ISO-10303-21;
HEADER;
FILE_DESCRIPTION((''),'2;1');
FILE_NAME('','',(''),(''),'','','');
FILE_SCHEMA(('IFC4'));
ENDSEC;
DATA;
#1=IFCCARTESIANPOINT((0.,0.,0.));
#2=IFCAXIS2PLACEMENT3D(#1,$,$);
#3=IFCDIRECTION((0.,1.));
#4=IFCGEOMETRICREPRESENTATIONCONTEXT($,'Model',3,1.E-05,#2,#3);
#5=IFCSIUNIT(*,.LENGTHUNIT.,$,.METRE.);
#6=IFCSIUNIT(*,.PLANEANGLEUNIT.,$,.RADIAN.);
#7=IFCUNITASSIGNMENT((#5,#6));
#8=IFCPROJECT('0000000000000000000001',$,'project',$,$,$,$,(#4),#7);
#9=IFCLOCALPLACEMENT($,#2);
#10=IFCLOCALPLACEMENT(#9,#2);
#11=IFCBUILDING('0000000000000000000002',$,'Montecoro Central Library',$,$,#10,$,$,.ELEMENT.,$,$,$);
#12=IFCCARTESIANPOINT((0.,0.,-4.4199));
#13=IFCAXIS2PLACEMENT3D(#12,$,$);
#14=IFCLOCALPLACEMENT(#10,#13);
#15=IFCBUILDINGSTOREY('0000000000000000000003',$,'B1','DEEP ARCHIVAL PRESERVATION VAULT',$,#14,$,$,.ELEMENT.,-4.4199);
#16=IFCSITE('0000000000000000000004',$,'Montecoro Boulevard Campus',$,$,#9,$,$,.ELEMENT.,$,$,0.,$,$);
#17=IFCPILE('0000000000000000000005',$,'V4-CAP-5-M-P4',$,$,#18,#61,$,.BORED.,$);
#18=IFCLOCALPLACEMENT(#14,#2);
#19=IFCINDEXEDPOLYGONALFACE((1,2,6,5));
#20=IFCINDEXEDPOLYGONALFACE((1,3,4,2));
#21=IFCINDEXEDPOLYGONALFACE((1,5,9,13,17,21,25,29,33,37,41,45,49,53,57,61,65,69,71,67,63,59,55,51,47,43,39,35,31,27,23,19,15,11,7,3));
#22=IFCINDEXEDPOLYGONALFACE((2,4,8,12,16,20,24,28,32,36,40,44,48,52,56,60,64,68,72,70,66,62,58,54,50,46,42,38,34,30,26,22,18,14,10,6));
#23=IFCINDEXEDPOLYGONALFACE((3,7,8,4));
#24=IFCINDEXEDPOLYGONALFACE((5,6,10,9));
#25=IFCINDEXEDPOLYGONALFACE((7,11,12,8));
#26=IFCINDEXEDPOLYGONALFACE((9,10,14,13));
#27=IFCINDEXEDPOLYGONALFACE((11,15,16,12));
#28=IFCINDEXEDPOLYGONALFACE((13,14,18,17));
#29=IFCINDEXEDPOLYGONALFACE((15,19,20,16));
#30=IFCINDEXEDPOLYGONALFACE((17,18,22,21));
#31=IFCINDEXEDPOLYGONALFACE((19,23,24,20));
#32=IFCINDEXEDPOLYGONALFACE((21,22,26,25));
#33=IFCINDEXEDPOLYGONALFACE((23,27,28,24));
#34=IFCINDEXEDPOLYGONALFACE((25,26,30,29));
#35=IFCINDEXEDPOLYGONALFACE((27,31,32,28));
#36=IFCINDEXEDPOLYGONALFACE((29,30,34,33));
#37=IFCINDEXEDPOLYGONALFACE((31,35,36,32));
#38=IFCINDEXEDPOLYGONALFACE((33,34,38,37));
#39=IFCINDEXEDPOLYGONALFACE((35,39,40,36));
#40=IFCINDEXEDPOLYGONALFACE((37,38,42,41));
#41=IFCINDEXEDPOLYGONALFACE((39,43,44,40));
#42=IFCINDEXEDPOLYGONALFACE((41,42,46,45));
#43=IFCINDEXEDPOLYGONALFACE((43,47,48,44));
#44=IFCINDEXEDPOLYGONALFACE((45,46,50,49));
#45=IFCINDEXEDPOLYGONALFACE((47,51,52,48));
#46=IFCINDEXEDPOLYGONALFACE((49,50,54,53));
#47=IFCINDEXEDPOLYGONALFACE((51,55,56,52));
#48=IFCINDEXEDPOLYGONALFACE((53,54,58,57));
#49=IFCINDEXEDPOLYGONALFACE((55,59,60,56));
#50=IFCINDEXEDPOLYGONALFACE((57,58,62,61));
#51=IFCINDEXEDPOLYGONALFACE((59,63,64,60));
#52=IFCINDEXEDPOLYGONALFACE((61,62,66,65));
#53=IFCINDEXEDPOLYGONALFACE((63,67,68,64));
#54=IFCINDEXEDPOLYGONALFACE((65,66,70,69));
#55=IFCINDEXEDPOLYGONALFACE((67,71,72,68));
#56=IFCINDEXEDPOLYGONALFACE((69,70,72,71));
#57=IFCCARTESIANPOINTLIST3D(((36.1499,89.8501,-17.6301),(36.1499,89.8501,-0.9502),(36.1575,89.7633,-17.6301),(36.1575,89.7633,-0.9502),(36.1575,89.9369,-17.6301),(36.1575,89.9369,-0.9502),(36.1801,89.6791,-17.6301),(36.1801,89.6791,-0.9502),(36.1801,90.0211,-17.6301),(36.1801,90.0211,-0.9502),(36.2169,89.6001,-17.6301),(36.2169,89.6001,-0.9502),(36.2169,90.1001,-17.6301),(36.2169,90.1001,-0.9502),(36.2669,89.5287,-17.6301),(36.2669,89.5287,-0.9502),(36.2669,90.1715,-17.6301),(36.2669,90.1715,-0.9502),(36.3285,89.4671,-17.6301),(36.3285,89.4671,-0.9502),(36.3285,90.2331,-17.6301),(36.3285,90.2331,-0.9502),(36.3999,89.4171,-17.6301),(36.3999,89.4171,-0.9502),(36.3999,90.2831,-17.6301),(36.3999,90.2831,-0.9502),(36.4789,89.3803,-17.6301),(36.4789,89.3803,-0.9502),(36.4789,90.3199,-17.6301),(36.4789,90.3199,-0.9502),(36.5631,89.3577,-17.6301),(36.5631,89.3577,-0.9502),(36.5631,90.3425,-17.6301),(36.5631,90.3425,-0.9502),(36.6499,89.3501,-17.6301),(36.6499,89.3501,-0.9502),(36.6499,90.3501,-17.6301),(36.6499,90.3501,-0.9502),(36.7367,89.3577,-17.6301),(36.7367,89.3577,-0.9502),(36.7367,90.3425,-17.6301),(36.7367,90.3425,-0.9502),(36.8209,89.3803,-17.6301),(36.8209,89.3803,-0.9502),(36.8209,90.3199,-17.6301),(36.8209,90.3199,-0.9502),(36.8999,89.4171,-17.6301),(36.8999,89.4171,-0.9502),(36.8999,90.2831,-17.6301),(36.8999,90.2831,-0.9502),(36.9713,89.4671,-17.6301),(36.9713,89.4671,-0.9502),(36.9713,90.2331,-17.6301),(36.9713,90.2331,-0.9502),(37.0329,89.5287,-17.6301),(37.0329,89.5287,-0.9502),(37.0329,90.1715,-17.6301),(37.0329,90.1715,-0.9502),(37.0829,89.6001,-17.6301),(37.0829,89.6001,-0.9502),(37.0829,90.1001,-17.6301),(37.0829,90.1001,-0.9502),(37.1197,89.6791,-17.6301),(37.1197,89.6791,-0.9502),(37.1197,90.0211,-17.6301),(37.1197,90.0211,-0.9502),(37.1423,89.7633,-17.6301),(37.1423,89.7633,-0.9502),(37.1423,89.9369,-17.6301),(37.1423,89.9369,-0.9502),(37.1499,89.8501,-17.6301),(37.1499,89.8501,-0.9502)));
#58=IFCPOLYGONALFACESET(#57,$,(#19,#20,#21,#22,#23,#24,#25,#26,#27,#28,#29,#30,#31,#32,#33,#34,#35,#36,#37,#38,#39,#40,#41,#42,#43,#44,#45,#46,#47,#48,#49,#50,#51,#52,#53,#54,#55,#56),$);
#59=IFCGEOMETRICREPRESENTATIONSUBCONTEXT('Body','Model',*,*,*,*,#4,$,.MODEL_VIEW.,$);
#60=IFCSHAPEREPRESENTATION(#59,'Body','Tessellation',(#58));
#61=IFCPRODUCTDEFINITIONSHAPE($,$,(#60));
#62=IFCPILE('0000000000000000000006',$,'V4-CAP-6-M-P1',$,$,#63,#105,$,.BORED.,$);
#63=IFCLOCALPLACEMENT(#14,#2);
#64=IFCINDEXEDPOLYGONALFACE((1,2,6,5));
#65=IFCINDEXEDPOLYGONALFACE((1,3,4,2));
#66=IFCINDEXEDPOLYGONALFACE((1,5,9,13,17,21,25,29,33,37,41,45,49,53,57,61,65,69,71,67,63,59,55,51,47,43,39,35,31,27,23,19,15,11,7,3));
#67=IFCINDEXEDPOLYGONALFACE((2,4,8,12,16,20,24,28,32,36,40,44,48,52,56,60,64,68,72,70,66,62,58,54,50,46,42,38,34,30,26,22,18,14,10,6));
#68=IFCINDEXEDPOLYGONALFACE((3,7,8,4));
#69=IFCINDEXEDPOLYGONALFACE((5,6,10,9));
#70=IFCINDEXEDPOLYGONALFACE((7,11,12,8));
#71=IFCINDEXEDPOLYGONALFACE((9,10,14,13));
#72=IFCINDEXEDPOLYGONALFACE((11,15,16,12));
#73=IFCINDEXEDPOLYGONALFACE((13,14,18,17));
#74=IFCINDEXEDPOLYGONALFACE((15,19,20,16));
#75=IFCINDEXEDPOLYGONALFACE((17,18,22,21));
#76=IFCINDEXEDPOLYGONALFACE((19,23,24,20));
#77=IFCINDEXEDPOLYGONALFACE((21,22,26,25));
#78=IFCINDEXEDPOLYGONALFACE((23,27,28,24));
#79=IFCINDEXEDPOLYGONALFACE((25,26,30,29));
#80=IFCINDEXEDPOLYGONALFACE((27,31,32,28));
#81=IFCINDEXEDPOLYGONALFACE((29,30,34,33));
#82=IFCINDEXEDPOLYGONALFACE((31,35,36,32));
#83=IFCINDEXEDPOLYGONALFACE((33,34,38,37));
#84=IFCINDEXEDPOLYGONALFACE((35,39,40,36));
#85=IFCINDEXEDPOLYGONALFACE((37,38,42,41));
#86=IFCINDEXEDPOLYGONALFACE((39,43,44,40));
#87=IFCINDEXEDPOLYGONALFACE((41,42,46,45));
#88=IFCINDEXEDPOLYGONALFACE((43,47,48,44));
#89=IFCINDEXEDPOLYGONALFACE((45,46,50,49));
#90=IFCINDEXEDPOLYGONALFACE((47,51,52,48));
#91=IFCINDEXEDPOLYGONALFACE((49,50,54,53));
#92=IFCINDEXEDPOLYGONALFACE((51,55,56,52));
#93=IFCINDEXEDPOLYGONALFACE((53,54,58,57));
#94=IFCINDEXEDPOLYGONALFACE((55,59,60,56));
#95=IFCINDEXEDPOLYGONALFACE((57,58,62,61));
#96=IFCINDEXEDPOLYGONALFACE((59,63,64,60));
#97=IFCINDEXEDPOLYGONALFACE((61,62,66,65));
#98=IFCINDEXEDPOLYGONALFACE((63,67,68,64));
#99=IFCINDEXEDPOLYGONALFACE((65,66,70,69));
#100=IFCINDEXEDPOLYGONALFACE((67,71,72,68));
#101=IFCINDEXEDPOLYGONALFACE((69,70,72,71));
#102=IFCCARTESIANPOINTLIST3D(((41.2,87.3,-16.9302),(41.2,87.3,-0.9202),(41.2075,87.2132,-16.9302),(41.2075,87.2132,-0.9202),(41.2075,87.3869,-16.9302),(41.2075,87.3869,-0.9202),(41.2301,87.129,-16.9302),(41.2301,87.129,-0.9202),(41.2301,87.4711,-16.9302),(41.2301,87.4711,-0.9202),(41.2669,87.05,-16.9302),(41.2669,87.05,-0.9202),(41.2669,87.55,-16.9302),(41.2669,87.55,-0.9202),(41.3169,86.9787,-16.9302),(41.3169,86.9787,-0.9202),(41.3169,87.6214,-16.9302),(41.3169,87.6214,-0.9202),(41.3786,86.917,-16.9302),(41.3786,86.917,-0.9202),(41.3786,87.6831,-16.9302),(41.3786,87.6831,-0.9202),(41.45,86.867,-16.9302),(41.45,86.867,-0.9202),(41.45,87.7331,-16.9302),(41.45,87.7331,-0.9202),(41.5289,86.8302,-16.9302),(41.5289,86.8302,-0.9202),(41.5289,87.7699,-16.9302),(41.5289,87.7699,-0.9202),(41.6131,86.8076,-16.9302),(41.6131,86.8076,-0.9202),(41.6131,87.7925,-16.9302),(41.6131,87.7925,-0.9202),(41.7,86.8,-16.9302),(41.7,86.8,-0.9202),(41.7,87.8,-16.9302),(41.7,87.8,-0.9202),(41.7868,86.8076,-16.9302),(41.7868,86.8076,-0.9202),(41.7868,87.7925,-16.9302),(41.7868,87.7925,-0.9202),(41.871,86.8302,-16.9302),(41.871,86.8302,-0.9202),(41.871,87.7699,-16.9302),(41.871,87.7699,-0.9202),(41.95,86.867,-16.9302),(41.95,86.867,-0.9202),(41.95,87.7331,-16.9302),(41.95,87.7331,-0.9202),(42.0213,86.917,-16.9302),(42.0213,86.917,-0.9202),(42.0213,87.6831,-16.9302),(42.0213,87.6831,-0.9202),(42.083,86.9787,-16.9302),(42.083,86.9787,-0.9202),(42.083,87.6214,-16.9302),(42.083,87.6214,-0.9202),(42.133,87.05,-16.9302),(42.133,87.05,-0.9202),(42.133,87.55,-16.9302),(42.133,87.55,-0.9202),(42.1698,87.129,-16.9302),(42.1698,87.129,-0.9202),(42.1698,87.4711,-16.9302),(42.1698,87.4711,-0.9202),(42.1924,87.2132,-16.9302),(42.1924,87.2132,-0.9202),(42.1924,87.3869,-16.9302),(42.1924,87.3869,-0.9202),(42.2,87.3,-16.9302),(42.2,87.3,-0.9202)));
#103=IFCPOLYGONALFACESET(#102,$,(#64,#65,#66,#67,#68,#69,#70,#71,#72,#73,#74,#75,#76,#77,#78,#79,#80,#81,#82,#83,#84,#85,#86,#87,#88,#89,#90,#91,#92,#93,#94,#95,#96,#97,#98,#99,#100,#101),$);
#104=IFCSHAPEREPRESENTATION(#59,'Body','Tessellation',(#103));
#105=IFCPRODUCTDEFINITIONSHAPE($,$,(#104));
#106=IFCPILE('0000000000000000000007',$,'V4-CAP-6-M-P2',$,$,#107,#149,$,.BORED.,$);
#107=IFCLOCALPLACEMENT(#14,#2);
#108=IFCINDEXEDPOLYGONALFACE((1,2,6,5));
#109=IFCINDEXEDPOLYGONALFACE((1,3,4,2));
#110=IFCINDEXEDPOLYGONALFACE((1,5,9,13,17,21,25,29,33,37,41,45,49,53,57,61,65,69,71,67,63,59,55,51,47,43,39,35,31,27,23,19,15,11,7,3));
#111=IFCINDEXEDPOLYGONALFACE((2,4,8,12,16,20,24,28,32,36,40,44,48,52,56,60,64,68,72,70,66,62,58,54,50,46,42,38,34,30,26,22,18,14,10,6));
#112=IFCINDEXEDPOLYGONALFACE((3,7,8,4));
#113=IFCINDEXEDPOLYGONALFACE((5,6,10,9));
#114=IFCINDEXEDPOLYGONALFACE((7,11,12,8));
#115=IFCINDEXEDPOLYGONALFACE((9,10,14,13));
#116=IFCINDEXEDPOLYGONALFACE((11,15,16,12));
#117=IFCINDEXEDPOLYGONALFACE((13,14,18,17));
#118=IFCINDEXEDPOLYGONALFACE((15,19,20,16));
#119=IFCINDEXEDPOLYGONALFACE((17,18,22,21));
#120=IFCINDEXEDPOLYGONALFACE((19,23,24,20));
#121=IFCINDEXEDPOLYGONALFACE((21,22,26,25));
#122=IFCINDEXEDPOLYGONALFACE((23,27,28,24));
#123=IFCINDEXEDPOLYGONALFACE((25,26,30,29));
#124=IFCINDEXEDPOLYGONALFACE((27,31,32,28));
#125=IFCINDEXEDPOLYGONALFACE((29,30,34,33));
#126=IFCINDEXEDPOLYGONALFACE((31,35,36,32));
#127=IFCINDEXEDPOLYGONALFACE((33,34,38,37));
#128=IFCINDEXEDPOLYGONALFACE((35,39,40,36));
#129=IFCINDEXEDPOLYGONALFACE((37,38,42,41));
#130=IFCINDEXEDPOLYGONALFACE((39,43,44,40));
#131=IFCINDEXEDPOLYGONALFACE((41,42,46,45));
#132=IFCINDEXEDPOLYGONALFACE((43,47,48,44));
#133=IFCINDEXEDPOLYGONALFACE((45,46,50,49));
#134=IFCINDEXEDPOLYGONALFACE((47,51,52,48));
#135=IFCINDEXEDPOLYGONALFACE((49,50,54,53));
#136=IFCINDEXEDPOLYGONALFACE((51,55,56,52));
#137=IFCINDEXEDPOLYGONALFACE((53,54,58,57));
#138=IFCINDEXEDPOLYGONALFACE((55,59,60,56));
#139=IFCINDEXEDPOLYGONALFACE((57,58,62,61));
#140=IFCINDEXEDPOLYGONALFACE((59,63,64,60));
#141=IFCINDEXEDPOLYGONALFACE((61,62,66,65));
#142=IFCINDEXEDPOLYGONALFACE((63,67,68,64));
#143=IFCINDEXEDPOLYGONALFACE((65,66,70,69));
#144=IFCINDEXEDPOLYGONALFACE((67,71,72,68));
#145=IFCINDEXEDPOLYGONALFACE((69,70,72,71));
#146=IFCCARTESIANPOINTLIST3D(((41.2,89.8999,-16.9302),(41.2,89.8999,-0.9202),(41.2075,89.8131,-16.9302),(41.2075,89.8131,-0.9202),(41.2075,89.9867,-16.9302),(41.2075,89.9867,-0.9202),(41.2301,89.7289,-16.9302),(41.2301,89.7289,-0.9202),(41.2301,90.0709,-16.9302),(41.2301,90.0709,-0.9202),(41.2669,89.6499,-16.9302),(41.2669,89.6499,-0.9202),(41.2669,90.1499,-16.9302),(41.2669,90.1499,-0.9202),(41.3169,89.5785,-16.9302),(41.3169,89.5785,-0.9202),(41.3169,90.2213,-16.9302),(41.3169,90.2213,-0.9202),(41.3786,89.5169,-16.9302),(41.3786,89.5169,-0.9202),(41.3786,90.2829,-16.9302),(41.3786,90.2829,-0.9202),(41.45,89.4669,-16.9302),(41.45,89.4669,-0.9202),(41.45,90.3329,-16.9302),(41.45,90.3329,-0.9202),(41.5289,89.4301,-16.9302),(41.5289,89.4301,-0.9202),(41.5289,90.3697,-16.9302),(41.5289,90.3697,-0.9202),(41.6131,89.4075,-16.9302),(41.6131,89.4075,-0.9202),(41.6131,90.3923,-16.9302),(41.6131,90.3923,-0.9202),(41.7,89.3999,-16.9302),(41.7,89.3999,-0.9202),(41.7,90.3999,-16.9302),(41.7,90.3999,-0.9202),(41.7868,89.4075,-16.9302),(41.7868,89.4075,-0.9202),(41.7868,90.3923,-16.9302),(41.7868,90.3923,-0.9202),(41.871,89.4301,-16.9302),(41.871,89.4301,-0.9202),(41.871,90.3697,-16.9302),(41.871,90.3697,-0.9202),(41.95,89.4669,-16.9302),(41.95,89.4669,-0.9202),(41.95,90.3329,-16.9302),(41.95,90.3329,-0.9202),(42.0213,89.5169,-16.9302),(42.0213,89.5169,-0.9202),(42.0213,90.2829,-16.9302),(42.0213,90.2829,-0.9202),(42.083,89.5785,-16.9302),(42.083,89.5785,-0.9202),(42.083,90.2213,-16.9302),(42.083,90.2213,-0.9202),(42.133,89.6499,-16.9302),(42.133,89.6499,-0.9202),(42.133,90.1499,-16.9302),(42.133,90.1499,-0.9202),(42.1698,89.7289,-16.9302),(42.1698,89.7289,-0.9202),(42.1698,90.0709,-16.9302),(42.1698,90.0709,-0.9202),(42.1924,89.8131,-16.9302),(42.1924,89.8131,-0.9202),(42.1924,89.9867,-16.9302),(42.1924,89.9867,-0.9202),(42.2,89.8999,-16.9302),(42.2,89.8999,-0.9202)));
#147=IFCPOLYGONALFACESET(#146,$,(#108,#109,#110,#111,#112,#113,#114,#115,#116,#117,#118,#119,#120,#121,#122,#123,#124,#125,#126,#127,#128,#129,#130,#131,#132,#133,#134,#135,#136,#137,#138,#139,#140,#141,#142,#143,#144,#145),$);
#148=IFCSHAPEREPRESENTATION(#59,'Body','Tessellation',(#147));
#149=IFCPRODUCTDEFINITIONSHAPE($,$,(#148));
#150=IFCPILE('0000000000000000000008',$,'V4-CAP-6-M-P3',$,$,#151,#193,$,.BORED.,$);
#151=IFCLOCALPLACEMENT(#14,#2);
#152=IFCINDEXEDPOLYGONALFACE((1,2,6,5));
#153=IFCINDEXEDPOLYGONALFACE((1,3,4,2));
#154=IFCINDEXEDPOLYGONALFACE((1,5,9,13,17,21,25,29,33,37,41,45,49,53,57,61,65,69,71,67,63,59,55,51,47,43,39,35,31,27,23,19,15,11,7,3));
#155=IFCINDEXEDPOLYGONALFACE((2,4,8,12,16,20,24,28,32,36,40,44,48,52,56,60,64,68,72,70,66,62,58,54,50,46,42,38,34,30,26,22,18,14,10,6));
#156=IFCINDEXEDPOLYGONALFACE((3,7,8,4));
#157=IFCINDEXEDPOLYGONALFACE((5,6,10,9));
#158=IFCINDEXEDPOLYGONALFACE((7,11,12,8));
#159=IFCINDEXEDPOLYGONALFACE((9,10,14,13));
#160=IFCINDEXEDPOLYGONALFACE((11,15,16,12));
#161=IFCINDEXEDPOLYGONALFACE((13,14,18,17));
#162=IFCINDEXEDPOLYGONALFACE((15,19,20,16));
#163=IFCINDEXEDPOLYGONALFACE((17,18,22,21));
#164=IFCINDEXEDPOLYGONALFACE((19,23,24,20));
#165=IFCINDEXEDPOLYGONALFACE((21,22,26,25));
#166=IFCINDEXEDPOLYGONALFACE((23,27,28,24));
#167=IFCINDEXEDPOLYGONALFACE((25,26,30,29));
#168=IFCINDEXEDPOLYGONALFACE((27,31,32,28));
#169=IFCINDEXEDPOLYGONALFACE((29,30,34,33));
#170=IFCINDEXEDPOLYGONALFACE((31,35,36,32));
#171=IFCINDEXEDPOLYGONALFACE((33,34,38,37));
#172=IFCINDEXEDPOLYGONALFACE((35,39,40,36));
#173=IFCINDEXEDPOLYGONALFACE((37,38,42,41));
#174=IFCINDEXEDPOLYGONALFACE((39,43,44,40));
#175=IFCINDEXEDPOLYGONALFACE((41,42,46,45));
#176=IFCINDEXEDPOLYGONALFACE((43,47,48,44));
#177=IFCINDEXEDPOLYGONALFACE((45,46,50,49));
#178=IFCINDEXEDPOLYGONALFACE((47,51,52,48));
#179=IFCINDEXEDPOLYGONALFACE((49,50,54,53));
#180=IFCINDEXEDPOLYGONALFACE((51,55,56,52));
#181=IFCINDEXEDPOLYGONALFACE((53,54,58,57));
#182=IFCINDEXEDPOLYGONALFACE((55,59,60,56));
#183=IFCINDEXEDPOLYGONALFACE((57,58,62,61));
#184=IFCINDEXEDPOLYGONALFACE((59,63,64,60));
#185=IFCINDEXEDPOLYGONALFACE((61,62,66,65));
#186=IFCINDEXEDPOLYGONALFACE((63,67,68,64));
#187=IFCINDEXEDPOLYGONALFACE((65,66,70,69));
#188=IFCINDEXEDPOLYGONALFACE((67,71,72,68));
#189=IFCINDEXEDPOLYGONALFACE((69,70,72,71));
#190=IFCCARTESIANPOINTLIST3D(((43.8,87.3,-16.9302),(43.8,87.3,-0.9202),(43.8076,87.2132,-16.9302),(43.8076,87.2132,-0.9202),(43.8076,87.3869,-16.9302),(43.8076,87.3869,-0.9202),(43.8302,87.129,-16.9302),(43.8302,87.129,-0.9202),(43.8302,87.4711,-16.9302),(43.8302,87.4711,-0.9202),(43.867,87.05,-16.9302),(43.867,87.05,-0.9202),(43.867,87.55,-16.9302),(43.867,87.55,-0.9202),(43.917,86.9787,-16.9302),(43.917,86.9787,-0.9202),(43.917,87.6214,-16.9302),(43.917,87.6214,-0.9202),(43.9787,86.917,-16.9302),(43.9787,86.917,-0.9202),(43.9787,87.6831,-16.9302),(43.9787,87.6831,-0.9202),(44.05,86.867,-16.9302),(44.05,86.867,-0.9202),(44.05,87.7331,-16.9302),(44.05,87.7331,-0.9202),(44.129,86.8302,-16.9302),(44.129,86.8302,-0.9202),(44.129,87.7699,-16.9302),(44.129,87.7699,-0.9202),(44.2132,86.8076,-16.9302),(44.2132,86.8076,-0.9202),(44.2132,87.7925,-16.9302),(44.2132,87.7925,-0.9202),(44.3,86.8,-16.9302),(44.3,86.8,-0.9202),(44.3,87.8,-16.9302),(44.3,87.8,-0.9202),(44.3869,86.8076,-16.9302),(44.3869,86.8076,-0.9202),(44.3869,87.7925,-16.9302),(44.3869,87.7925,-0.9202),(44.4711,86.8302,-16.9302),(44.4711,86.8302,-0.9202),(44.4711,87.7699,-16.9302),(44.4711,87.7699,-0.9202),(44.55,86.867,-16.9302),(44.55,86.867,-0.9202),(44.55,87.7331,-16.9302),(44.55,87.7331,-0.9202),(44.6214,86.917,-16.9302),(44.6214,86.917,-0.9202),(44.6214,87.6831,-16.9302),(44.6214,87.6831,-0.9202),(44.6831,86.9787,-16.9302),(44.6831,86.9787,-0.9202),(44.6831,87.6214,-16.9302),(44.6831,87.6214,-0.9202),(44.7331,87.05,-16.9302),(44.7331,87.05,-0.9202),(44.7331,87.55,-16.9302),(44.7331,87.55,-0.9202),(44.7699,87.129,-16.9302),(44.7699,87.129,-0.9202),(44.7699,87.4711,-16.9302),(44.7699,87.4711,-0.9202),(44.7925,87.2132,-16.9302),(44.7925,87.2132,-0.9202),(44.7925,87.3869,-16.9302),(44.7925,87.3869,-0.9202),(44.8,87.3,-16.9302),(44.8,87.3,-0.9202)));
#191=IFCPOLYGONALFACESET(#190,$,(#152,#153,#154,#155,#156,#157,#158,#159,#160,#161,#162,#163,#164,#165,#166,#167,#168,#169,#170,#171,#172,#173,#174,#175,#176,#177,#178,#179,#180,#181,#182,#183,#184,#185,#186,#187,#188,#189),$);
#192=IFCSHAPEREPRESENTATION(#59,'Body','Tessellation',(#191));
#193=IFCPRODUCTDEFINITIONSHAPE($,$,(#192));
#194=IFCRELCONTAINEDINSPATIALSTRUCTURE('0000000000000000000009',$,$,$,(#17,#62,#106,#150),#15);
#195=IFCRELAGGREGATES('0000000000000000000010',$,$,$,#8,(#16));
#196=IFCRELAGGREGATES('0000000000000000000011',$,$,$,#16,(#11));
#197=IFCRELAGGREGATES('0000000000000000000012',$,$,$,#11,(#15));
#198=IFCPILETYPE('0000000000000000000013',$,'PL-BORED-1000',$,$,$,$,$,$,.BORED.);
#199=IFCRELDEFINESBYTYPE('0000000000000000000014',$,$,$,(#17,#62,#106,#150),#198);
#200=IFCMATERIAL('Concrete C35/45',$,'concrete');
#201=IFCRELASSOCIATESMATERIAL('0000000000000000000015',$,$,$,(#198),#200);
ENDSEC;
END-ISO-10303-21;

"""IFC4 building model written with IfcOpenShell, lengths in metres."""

from ifc_helpers import new_model, si_unit, direction, frame, origin, origin_2d, place, context, subcontext, project, spatial, circle, extrude, material, material_profile, profile_set, type_object, element, save


model = new_model("IFC4")

# Units and contexts
model_context = context("Model", 3, precision=1e-05, world=origin(), true_north=direction((0.0, 1.0)))
body_context = subcontext(model_context, "Body", "Model", "MODEL_VIEW")
ifc_project = project(units=[si_unit("LENGTHUNIT", "METRE"), si_unit("PLANEANGLEUNIT", "RADIAN")], contexts=[model_context])

# Site, building, storey
site_placement = place(None, origin())
site = spatial("IfcSite", under=ifc_project, at=site_placement, Name="Montecoro Boulevard Campus", CompositionType="ELEMENT", RefElevation=0.0)
building_placement = place(site_placement, origin())
building = spatial("IfcBuilding", under=site, at=building_placement, Name="Montecoro Central Library", CompositionType="ELEMENT")
storey_placement = place(building_placement, frame((0.0, 0.0, -4.4199)))
storey = spatial("IfcBuildingStorey", under=building, at=storey_placement, Name="B1", Description="DEEP ARCHIVAL PRESERVATION VAULT", CompositionType="ELEMENT", Elevation=-4.4199)

# Shared definitions
ifc_material_1 = material(Name="Concrete C35/45", Category="concrete")

# Piles
ifc_material_profile_1 = material_profile(ifc_material_1, circle(Radius=0.5, at=origin_2d()), Name="PILE D1000")
ifc_profile_set_1 = profile_set([ifc_material_profile_1], Name="Concrete C35/45")
pile_type_1 = type_object("IfcPileType", Name="PL-BORED-1000", PredefinedType="BORED", material=ifc_profile_set_1)
for number, where, z_axis, x_axis, name in (
    (1, (36.6499, 89.8501, -0.9502), (0.0, 0.0, -1.0), (1.0, 0.0, 0.0), "V4-CAP-5-M-P4"),
):
    element("IfcPile", number, at=place(storey_placement, frame(where, z_axis=z_axis, x_axis=x_axis)), inside=storey, type_object=pile_type_1, Name=name, PredefinedType="BORED", context=body_context, shape_type="SweptSolid", body=[
        extrude(circle(Radius=0.5, at=origin_2d()), origin(), (0.0, 0.0, 1.0), 16.6799),
    ])
for number, where, z_axis, x_axis, name in (
    (2, (41.7, 87.3, -0.9202), (0.0, 0.0, -1.0), (1.0, 0.0, 0.0), "V4-CAP-6-M-P1"),
    (3, (41.7, 89.8999, -0.9202), (0.0, 0.0, -1.0), (1.0, 0.0, 0.0), "V4-CAP-6-M-P2"),
    (4, (44.3, 87.3, -0.9202), (0.0, 0.0, -1.0), (1.0, 0.0, 0.0), "V4-CAP-6-M-P3"),
):
    element("IfcPile", number, at=place(storey_placement, frame(where, z_axis=z_axis, x_axis=x_axis)), inside=storey, type_object=pile_type_1, Name=name, PredefinedType="BORED", context=body_context, shape_type="SweptSolid", body=[
        extrude(circle(Radius=0.5, at=origin_2d()), origin(), (0.0, 0.0, 1.0), 16.01),
    ])

save(model, "model.ifc")
